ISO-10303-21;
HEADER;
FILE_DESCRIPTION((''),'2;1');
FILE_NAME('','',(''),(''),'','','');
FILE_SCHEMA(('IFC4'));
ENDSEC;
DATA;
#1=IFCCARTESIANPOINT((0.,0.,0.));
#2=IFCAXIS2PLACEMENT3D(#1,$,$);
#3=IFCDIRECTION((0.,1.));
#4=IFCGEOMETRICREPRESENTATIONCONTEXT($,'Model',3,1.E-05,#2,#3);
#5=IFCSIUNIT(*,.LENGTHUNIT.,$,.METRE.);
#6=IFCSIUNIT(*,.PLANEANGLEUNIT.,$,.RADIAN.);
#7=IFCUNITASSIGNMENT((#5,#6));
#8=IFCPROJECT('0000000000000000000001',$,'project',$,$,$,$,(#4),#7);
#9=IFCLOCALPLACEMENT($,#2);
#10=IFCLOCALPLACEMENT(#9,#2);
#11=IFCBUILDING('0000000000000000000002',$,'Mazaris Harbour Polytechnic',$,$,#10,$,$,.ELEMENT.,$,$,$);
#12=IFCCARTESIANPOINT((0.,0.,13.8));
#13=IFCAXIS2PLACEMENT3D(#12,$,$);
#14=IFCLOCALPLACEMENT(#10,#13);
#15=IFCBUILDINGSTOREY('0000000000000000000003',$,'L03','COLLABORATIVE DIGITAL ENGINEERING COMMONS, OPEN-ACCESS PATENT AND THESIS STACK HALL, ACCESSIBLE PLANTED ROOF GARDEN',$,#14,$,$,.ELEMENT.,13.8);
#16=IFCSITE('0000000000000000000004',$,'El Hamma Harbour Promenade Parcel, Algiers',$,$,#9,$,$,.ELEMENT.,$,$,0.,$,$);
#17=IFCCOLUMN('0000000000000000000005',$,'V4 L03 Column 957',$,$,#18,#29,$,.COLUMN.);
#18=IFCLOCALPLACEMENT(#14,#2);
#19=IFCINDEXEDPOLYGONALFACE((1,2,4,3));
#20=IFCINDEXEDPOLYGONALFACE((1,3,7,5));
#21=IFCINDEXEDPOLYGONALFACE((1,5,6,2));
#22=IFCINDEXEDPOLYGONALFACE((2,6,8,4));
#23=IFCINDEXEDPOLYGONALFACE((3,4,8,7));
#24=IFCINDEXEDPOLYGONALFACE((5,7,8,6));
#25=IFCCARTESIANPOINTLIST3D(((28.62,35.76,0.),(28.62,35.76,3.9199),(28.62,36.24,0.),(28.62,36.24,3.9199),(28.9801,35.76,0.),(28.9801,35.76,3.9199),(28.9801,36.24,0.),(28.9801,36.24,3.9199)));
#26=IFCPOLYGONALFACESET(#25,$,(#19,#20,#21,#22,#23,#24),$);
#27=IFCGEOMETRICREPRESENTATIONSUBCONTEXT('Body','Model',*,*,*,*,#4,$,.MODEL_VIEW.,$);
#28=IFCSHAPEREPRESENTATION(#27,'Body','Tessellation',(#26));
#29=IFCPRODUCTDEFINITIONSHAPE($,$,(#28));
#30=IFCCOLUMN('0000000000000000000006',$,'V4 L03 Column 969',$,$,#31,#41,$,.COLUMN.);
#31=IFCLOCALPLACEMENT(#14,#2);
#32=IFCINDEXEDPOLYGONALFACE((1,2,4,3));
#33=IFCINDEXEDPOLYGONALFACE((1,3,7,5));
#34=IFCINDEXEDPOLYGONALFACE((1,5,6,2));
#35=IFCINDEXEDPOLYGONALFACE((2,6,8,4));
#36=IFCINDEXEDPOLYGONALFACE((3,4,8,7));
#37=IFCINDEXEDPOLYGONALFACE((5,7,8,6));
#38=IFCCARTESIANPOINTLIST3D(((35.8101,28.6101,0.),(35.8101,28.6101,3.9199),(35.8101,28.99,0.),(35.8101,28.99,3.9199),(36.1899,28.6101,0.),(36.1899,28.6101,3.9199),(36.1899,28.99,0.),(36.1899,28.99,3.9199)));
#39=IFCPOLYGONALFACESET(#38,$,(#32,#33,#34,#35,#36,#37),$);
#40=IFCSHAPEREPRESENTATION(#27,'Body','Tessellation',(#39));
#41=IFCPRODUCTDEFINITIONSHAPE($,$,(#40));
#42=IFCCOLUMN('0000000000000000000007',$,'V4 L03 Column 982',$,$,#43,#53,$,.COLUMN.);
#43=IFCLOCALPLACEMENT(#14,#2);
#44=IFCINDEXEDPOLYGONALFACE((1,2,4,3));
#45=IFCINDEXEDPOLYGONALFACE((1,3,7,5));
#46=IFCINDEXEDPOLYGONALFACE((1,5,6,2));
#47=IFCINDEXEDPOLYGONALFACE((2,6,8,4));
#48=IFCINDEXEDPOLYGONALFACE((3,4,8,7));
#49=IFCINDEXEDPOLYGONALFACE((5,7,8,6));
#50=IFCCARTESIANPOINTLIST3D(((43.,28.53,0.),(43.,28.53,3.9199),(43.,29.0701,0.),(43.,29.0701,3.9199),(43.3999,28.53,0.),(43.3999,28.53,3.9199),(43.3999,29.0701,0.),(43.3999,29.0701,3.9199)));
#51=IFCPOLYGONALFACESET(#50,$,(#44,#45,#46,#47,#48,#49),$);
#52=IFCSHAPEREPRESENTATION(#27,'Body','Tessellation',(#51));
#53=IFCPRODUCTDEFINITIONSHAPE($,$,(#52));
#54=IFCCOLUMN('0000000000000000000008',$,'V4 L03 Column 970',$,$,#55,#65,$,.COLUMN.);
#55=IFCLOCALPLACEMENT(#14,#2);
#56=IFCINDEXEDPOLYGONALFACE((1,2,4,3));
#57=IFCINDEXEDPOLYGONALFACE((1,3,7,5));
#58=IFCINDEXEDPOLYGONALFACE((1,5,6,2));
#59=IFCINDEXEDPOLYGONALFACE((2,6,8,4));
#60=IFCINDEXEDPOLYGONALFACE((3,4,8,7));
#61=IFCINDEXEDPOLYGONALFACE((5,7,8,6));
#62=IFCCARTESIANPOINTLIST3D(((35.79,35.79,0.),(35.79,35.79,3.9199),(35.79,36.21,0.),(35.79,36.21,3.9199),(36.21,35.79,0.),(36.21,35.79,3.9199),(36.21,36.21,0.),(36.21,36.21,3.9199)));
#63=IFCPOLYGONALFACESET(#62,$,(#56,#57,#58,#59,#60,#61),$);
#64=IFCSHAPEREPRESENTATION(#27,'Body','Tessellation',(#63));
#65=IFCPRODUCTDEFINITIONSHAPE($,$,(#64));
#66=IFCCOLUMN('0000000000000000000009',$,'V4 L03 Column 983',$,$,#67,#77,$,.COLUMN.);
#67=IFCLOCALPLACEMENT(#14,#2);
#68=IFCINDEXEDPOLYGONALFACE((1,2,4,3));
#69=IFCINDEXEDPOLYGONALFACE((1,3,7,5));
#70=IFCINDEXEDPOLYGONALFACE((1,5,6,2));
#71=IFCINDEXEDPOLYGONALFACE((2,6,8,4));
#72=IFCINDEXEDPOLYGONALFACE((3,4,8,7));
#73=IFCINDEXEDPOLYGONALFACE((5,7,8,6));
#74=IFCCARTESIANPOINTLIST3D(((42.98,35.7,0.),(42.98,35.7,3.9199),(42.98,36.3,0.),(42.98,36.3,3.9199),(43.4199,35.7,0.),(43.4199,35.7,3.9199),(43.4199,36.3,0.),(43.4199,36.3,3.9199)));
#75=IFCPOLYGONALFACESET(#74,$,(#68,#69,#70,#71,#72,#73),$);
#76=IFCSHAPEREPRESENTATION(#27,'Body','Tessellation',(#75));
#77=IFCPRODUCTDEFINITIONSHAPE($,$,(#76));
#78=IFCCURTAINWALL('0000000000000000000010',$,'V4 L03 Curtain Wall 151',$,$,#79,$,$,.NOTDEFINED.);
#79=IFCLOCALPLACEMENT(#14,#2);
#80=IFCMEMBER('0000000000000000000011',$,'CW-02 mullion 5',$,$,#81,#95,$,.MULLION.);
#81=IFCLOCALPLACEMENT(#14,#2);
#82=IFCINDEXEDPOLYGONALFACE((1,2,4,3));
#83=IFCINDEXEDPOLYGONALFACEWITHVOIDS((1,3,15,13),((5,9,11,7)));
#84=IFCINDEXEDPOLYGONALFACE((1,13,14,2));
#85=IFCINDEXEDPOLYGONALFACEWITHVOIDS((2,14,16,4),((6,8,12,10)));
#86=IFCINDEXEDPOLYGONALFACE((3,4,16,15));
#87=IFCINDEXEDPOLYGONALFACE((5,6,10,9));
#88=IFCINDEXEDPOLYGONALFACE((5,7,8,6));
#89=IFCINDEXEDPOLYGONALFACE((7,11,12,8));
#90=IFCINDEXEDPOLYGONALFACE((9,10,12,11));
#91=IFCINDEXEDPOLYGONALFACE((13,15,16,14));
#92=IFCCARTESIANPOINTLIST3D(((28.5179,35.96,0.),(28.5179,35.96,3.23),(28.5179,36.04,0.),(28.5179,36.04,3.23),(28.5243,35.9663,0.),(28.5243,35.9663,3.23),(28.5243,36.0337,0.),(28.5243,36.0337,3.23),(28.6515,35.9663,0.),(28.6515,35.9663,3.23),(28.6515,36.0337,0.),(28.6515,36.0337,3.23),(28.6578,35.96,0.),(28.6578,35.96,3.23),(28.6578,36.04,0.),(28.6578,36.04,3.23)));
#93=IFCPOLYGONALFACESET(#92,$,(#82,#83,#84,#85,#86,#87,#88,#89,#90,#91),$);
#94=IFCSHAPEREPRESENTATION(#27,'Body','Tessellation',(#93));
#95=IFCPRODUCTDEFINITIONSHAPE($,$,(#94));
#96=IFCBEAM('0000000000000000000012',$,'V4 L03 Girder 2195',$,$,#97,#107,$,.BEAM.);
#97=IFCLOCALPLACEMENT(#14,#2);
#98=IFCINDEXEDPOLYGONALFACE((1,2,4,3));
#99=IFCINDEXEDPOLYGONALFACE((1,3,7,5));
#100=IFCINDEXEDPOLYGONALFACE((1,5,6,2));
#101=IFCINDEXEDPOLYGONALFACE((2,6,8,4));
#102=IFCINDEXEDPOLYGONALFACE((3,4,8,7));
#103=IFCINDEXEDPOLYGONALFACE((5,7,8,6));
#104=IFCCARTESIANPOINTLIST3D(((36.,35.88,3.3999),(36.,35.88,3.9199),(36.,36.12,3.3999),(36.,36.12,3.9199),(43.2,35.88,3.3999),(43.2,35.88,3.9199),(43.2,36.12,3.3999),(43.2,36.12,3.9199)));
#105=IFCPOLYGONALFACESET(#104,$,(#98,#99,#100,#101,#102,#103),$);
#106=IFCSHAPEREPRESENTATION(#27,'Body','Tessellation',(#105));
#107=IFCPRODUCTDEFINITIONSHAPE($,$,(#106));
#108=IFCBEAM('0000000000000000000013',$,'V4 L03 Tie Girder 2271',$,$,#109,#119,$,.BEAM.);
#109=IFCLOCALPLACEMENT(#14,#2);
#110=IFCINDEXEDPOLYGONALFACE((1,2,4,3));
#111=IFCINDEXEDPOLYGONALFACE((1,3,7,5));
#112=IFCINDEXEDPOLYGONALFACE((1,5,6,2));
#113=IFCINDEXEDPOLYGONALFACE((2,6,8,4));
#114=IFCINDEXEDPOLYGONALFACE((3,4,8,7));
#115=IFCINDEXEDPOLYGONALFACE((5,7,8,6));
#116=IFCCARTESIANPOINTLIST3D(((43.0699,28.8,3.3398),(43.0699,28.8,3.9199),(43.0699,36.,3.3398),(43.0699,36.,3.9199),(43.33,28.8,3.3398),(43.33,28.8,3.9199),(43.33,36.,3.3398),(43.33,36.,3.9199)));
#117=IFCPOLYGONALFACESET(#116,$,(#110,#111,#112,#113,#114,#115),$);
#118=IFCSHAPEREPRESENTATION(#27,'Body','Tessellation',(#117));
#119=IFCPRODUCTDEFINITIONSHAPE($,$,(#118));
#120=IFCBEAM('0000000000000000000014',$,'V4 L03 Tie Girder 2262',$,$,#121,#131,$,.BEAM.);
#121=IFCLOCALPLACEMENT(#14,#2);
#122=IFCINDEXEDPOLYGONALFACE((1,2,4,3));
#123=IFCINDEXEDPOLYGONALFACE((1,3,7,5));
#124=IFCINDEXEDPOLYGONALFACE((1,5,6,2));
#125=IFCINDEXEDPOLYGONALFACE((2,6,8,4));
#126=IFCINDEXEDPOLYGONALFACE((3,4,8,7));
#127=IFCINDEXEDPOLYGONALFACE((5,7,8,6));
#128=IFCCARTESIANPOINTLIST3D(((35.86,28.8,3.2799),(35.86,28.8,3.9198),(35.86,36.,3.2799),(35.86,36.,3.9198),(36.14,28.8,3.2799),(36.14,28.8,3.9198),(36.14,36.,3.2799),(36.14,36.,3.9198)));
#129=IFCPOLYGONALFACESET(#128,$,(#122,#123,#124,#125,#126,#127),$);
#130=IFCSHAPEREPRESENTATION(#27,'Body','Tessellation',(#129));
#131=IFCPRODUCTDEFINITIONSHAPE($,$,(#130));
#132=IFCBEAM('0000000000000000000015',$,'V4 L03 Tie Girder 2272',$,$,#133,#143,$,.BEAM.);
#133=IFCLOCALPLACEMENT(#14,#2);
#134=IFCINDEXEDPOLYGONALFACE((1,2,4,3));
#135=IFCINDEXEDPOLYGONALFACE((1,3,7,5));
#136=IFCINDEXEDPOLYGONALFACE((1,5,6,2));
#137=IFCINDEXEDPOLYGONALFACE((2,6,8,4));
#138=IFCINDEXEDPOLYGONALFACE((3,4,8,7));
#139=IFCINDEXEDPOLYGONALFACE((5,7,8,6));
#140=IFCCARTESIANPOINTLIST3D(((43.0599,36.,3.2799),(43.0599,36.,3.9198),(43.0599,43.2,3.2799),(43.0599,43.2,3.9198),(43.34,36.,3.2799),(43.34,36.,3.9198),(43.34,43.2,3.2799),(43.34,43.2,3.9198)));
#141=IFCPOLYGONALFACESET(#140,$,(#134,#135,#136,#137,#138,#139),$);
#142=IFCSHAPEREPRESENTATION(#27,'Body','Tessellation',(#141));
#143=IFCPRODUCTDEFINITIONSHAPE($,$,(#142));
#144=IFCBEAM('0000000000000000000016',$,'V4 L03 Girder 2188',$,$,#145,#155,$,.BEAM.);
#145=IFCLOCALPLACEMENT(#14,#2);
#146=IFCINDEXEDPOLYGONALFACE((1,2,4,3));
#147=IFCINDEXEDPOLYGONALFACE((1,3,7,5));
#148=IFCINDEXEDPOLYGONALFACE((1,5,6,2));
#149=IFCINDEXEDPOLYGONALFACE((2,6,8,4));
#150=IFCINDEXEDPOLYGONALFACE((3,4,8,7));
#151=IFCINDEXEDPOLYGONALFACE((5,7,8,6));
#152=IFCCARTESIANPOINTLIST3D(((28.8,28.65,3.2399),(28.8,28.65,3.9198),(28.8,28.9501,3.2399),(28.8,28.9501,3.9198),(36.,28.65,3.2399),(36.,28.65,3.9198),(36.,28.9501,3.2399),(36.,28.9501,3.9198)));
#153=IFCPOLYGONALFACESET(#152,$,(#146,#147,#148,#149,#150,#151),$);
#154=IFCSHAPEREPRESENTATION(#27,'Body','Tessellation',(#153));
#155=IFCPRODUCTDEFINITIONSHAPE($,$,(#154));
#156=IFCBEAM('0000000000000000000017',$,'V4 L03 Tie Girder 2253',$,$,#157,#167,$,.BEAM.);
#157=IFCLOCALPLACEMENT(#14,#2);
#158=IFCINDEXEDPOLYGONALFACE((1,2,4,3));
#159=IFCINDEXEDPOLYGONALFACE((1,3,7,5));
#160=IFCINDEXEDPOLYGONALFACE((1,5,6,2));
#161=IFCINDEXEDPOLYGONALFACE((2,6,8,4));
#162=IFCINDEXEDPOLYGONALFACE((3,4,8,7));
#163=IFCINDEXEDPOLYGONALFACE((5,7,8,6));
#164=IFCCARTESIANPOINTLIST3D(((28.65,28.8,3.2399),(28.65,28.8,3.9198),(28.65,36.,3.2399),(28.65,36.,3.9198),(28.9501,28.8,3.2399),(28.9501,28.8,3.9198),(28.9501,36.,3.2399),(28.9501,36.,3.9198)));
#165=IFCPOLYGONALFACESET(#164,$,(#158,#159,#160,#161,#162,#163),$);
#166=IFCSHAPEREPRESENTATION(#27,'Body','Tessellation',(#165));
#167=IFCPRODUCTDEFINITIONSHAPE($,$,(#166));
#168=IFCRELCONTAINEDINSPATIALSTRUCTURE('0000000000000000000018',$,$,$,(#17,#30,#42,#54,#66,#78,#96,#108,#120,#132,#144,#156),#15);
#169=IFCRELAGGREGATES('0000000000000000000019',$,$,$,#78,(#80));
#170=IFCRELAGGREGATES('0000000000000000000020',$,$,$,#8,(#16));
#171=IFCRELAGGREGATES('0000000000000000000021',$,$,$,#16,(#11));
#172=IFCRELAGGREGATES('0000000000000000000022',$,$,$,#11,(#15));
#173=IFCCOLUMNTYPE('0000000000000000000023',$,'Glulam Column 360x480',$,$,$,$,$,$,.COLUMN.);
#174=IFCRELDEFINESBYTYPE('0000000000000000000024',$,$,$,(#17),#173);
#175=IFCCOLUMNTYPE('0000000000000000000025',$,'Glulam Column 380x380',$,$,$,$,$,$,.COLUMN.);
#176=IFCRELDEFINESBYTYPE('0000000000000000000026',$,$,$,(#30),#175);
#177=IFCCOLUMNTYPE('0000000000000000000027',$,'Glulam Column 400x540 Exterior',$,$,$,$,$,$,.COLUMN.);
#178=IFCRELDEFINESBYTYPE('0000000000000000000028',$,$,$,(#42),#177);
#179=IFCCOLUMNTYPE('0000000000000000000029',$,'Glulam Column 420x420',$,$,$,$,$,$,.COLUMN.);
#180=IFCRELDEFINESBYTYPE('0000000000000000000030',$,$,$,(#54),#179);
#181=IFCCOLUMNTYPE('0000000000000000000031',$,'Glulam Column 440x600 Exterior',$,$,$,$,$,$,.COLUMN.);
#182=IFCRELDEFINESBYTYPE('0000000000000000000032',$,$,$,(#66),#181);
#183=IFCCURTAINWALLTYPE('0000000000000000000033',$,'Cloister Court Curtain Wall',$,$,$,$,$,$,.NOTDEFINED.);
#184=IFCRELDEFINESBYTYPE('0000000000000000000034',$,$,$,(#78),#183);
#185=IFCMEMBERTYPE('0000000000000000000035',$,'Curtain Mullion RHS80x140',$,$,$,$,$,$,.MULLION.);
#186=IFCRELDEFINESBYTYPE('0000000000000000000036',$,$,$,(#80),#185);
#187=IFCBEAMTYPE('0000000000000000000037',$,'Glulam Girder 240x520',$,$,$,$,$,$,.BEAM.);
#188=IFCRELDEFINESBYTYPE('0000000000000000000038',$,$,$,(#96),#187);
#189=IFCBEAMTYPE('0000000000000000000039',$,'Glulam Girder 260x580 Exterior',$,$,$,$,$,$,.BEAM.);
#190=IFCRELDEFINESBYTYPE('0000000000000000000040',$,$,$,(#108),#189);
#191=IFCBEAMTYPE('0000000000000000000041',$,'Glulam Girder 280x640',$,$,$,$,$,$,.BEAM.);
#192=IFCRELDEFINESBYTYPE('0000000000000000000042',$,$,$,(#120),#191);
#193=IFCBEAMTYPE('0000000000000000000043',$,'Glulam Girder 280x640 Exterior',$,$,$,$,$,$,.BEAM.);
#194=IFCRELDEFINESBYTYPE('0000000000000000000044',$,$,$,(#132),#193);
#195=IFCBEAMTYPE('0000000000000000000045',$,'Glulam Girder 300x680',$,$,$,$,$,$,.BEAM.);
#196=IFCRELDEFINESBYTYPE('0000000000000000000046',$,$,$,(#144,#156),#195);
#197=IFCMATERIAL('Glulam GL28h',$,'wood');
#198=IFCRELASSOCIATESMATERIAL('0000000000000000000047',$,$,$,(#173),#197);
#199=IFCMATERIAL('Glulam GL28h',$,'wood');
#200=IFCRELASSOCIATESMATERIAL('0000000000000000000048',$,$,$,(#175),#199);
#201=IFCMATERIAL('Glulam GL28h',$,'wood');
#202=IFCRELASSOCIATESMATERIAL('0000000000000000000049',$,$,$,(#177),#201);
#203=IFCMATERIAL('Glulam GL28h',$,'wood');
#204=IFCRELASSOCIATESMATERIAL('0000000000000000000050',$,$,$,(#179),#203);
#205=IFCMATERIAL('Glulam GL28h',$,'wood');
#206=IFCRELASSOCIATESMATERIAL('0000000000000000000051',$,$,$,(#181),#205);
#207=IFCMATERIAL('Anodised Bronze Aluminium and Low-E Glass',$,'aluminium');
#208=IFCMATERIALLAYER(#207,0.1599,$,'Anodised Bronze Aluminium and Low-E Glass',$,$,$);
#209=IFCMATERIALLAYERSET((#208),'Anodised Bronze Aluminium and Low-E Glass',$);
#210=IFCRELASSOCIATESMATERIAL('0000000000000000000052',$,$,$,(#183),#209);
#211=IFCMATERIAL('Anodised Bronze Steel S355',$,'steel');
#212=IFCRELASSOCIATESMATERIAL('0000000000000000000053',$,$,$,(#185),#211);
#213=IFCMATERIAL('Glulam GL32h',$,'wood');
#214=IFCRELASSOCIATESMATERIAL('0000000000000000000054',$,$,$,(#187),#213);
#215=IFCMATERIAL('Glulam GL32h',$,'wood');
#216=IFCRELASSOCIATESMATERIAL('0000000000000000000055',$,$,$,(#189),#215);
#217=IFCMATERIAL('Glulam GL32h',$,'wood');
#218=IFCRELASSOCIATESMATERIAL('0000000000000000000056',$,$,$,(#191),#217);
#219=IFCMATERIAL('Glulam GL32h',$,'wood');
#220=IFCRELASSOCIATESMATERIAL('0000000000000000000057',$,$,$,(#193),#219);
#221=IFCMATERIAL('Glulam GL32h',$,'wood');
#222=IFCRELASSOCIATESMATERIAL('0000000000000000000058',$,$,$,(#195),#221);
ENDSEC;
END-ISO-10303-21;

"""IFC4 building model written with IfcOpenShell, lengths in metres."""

from ifc_helpers import new_model, si_unit, direction, frame, origin, origin_2d, place, context, subcontext, project, spatial, rectangle, hollow_rectangle, extrude, material, layer, layer_set, material_profile, profile_set, type_object, element, aggregate, save


model = new_model("IFC4")

# Units and contexts
model_context = context("Model", 3, precision=1e-05, world=origin(), true_north=direction((0.0, 1.0)))
body_context = subcontext(model_context, "Body", "Model", "MODEL_VIEW")
ifc_project = project(units=[si_unit("LENGTHUNIT", "METRE"), si_unit("PLANEANGLEUNIT", "RADIAN")], contexts=[model_context])

# Site, building, storey
site_placement = place(None, origin())
site = spatial("IfcSite", under=ifc_project, at=site_placement, Name="El Hamma Harbour Promenade Parcel, Algiers", CompositionType="ELEMENT", RefElevation=0.0)
building_placement = place(site_placement, origin())
building = spatial("IfcBuilding", under=site, at=building_placement, Name="Mazaris Harbour Polytechnic", CompositionType="ELEMENT")
storey_placement = place(building_placement, frame((0.0, 0.0, 13.8)))
storey = spatial("IfcBuildingStorey", under=building, at=storey_placement, Name="L03", Description="COLLABORATIVE DIGITAL ENGINEERING COMMONS, OPEN-ACCESS PATENT AND THESIS STACK HALL, ACCESSIBLE PLANTED ROOF GARDEN", CompositionType="ELEMENT", Elevation=13.8)

# Columns
ifc_material_1 = material(Name="Glulam GL28h", Category="wood")
ifc_material_profile_1 = material_profile(ifc_material_1, rectangle(XDim=0.3601, YDim=0.48, at=origin_2d()), Name="RECT360x480")
ifc_profile_set_1 = profile_set([ifc_material_profile_1], Name="Glulam GL28h")
column_type_1 = type_object("IfcColumnType", Name="Glulam Column 360x480", PredefinedType="COLUMN", material=ifc_profile_set_1)
column_1_placement = place(storey_placement, frame((28.8, 36.0, 0.0), z_axis=(0.0, 0.0, 1.0), x_axis=(1.0, 0.0, 0.0)))
element("IfcColumn", 1, at=column_1_placement, inside=storey, type_object=column_type_1, Name="V4 L03 Column 957", PredefinedType="COLUMN", context=body_context, shape_type="SweptSolid", body=[
    extrude(rectangle(XDim=0.3601, YDim=0.48, at=origin_2d()), origin(), (0.0, 0.0, 1.0), 3.9199),
])
ifc_material_2 = material(Name="Glulam GL28h", Category="wood")
ifc_material_profile_2 = material_profile(ifc_material_2, rectangle(XDim=0.3799, YDim=0.3799, at=origin_2d()), Name="RECT380x380")
ifc_profile_set_2 = profile_set([ifc_material_profile_2], Name="Glulam GL28h")
column_type_2 = type_object("IfcColumnType", Name="Glulam Column 380x380", PredefinedType="COLUMN", material=ifc_profile_set_2)
column_2_placement = place(storey_placement, frame((36.0, 28.8, 0.0), z_axis=(0.0, 0.0, 1.0), x_axis=(1.0, 0.0, 0.0)))
element("IfcColumn", 2, at=column_2_placement, inside=storey, type_object=column_type_2, Name="V4 L03 Column 969", PredefinedType="COLUMN", context=body_context, shape_type="SweptSolid", body=[
    extrude(rectangle(XDim=0.3799, YDim=0.3799, at=origin_2d()), origin(), (0.0, 0.0, 1.0), 3.9199),
])
ifc_material_3 = material(Name="Glulam GL28h", Category="wood")
ifc_material_profile_3 = material_profile(ifc_material_3, rectangle(XDim=0.3999, YDim=0.54, at=origin_2d()), Name="RECT400x540")
ifc_profile_set_3 = profile_set([ifc_material_profile_3], Name="Glulam GL28h")
column_type_3 = type_object("IfcColumnType", Name="Glulam Column 400x540 Exterior", PredefinedType="COLUMN", material=ifc_profile_set_3)
column_3_placement = place(storey_placement, frame((43.2, 28.8, 0.0), z_axis=(0.0, 0.0, 1.0), x_axis=(1.0, 0.0, 0.0)))
element("IfcColumn", 3, at=column_3_placement, inside=storey, type_object=column_type_3, Name="V4 L03 Column 982", PredefinedType="COLUMN", context=body_context, shape_type="SweptSolid", body=[
    extrude(rectangle(XDim=0.3999, YDim=0.54, at=origin_2d()), origin(), (0.0, 0.0, 1.0), 3.9199),
])
ifc_material_4 = material(Name="Glulam GL28h", Category="wood")
ifc_material_profile_4 = material_profile(ifc_material_4, rectangle(XDim=0.4199, YDim=0.4199, at=origin_2d()), Name="RECT420x420")
ifc_profile_set_4 = profile_set([ifc_material_profile_4], Name="Glulam GL28h")
column_type_4 = type_object("IfcColumnType", Name="Glulam Column 420x420", PredefinedType="COLUMN", material=ifc_profile_set_4)
column_4_placement = place(storey_placement, frame((36.0, 36.0, 0.0), z_axis=(0.0, 0.0, 1.0), x_axis=(1.0, 0.0, 0.0)))
element("IfcColumn", 4, at=column_4_placement, inside=storey, type_object=column_type_4, Name="V4 L03 Column 970", PredefinedType="COLUMN", context=body_context, shape_type="SweptSolid", body=[
    extrude(rectangle(XDim=0.4199, YDim=0.4199, at=origin_2d()), origin(), (0.0, 0.0, 1.0), 3.9199),
])
ifc_material_5 = material(Name="Glulam GL28h", Category="wood")
ifc_material_profile_5 = material_profile(ifc_material_5, rectangle(XDim=0.4399, YDim=0.6001, at=origin_2d()), Name="RECT440x600")
ifc_profile_set_5 = profile_set([ifc_material_profile_5], Name="Glulam GL28h")
column_type_5 = type_object("IfcColumnType", Name="Glulam Column 440x600 Exterior", PredefinedType="COLUMN", material=ifc_profile_set_5)
column_5_placement = place(storey_placement, frame((43.2, 36.0, 0.0), z_axis=(0.0, 0.0, 1.0), x_axis=(1.0, 0.0, 0.0)))
element("IfcColumn", 5, at=column_5_placement, inside=storey, type_object=column_type_5, Name="V4 L03 Column 983", PredefinedType="COLUMN", context=body_context, shape_type="SweptSolid", body=[
    extrude(rectangle(XDim=0.4399, YDim=0.6001, at=origin_2d()), origin(), (0.0, 0.0, 1.0), 3.9199),
])

# Curtain wall, member
ifc_material_6 = material(Name="Anodised Bronze Aluminium and Low-E Glass", Category="aluminium")
ifc_layer_1 = layer(ifc_material_6, 0.1599, Name="Anodised Bronze Aluminium and Low-E Glass")
ifc_layer_set_1 = layer_set([ifc_layer_1], Name="Anodised Bronze Aluminium and Low-E Glass")
curtain_wall_type = type_object("IfcCurtainWallType", Name="Cloister Court Curtain Wall", PredefinedType="NOTDEFINED", material=ifc_layer_set_1)
curtain_wall_placement = place(storey_placement, origin())
curtain_wall = element("IfcCurtainWall", 6, at=curtain_wall_placement, inside=storey, type_object=curtain_wall_type, Name="V4 L03 Curtain Wall 151", PredefinedType="NOTDEFINED")
ifc_material_7 = material(Name="Anodised Bronze Steel S355", Category="steel")
ifc_material_profile_6 = material_profile(ifc_material_7, hollow_rectangle(XDim=0.0801, YDim=0.1399, WallThickness=0.0063, at=origin_2d()), Name="RHS 80x140x6.3")
ifc_profile_set_6 = profile_set([ifc_material_profile_6], Name="Anodised Bronze Steel S355")
member_type = type_object("IfcMemberType", Name="Curtain Mullion RHS80x140", PredefinedType="MULLION", material=ifc_profile_set_6)
member_placement = place(storey_placement, frame((28.5879, 36.0, 0.0), z_axis=(0.0, 0.0, 1.0), x_axis=(0.0, 1.0, 0.0)))
member = element("IfcMember", 7, at=member_placement, type_object=member_type, Name="CW-02 mullion 5", PredefinedType="MULLION", context=body_context, shape_type="SweptSolid", body=[
    extrude(hollow_rectangle(XDim=0.0801, YDim=0.1399, WallThickness=0.0063, at=origin_2d()), origin(), (0.0, 0.0, 1.0), 3.23),
])

# Beams
ifc_material_8 = material(Name="Glulam GL32h", Category="wood")
ifc_material_profile_7 = material_profile(ifc_material_8, rectangle(XDim=0.24, YDim=0.52, at=origin_2d()), Name="RECT240x520")
ifc_profile_set_7 = profile_set([ifc_material_profile_7], Name="Glulam GL32h")
beam_type_1 = type_object("IfcBeamType", Name="Glulam Girder 240x520", PredefinedType="BEAM", material=ifc_profile_set_7)
beam_1_placement = place(storey_placement, frame((36.0, 36.0, 3.6599), z_axis=(1.0, 0.0, 0.0), x_axis=(0.0, 1.0, 0.0)))
element("IfcBeam", 8, at=beam_1_placement, inside=storey, type_object=beam_type_1, Name="V4 L03 Girder 2195", PredefinedType="BEAM", context=body_context, shape_type="SweptSolid", body=[
    extrude(rectangle(XDim=0.24, YDim=0.52, at=origin_2d()), origin(), (0.0, 0.0, 1.0), 7.2),
])
ifc_material_9 = material(Name="Glulam GL32h", Category="wood")
ifc_material_profile_8 = material_profile(ifc_material_9, rectangle(XDim=0.26, YDim=0.5801, at=origin_2d()), Name="RECT260x580")
ifc_profile_set_8 = profile_set([ifc_material_profile_8], Name="Glulam GL32h")
beam_type_2 = type_object("IfcBeamType", Name="Glulam Girder 260x580 Exterior", PredefinedType="BEAM", material=ifc_profile_set_8)
beam_2_placement = place(storey_placement, frame((43.2, 28.8, 3.6299), z_axis=(0.0, 1.0, 0.0), x_axis=(-1.0, 0.0, 0.0)))
element("IfcBeam", 9, at=beam_2_placement, inside=storey, type_object=beam_type_2, Name="V4 L03 Tie Girder 2271", PredefinedType="BEAM", context=body_context, shape_type="SweptSolid", body=[
    extrude(rectangle(XDim=0.26, YDim=0.5801, at=origin_2d()), origin(), (0.0, 0.0, 1.0), 7.2),
])
ifc_material_10 = material(Name="Glulam GL32h", Category="wood")
ifc_material_profile_9 = material_profile(ifc_material_10, rectangle(XDim=0.28, YDim=0.6399, at=origin_2d()), Name="RECT280x640")
ifc_profile_set_9 = profile_set([ifc_material_profile_9], Name="Glulam GL32h")
beam_type_3 = type_object("IfcBeamType", Name="Glulam Girder 280x640", PredefinedType="BEAM", material=ifc_profile_set_9)
beam_3_placement = place(storey_placement, frame((36.0, 28.8, 3.5999), z_axis=(0.0, 1.0, 0.0), x_axis=(-1.0, 0.0, 0.0)))
element("IfcBeam", 10, at=beam_3_placement, inside=storey, type_object=beam_type_3, Name="V4 L03 Tie Girder 2262", PredefinedType="BEAM", context=body_context, shape_type="SweptSolid", body=[
    extrude(rectangle(XDim=0.28, YDim=0.6399, at=origin_2d()), origin(), (0.0, 0.0, 1.0), 7.2),
])
ifc_material_11 = material(Name="Glulam GL32h", Category="wood")
ifc_material_profile_10 = material_profile(ifc_material_11, rectangle(XDim=0.28, YDim=0.6399, at=origin_2d()), Name="RECT280x640")
ifc_profile_set_10 = profile_set([ifc_material_profile_10], Name="Glulam GL32h")
beam_type_4 = type_object("IfcBeamType", Name="Glulam Girder 280x640 Exterior", PredefinedType="BEAM", material=ifc_profile_set_10)
beam_4_placement = place(storey_placement, frame((43.2, 36.0, 3.5999), z_axis=(0.0, 1.0, 0.0), x_axis=(-1.0, 0.0, 0.0)))
element("IfcBeam", 11, at=beam_4_placement, inside=storey, type_object=beam_type_4, Name="V4 L03 Tie Girder 2272", PredefinedType="BEAM", context=body_context, shape_type="SweptSolid", body=[
    extrude(rectangle(XDim=0.28, YDim=0.6399, at=origin_2d()), origin(), (0.0, 0.0, 1.0), 7.2),
])
ifc_material_12 = material(Name="Glulam GL32h", Category="wood")
ifc_material_profile_11 = material_profile(ifc_material_12, rectangle(XDim=0.3, YDim=0.6799, at=origin_2d()), Name="RECT300x680")
ifc_profile_set_11 = profile_set([ifc_material_profile_11], Name="Glulam GL32h")
beam_type_5 = type_object("IfcBeamType", Name="Glulam Girder 300x680", PredefinedType="BEAM", material=ifc_profile_set_11)
for number, where, z_axis, x_axis, name in (
    (12, (28.8, 28.8, 3.5798), (1.0, 0.0, 0.0), (0.0, 1.0, 0.0), "V4 L03 Girder 2188"),
    (13, (28.8, 28.8, 3.5798), (0.0, 1.0, 0.0), (-1.0, 0.0, 0.0), "V4 L03 Tie Girder 2253"),
):
    element("IfcBeam", number, at=place(storey_placement, frame(where, z_axis=z_axis, x_axis=x_axis)), inside=storey, type_object=beam_type_5, Name=name, PredefinedType="BEAM", context=body_context, shape_type="SweptSolid", body=[
        extrude(rectangle(XDim=0.3, YDim=0.6799, at=origin_2d()), origin(), (0.0, 0.0, 1.0), 7.2),
    ])

aggregate(curtain_wall, [member])

save(model, "model.ifc")
